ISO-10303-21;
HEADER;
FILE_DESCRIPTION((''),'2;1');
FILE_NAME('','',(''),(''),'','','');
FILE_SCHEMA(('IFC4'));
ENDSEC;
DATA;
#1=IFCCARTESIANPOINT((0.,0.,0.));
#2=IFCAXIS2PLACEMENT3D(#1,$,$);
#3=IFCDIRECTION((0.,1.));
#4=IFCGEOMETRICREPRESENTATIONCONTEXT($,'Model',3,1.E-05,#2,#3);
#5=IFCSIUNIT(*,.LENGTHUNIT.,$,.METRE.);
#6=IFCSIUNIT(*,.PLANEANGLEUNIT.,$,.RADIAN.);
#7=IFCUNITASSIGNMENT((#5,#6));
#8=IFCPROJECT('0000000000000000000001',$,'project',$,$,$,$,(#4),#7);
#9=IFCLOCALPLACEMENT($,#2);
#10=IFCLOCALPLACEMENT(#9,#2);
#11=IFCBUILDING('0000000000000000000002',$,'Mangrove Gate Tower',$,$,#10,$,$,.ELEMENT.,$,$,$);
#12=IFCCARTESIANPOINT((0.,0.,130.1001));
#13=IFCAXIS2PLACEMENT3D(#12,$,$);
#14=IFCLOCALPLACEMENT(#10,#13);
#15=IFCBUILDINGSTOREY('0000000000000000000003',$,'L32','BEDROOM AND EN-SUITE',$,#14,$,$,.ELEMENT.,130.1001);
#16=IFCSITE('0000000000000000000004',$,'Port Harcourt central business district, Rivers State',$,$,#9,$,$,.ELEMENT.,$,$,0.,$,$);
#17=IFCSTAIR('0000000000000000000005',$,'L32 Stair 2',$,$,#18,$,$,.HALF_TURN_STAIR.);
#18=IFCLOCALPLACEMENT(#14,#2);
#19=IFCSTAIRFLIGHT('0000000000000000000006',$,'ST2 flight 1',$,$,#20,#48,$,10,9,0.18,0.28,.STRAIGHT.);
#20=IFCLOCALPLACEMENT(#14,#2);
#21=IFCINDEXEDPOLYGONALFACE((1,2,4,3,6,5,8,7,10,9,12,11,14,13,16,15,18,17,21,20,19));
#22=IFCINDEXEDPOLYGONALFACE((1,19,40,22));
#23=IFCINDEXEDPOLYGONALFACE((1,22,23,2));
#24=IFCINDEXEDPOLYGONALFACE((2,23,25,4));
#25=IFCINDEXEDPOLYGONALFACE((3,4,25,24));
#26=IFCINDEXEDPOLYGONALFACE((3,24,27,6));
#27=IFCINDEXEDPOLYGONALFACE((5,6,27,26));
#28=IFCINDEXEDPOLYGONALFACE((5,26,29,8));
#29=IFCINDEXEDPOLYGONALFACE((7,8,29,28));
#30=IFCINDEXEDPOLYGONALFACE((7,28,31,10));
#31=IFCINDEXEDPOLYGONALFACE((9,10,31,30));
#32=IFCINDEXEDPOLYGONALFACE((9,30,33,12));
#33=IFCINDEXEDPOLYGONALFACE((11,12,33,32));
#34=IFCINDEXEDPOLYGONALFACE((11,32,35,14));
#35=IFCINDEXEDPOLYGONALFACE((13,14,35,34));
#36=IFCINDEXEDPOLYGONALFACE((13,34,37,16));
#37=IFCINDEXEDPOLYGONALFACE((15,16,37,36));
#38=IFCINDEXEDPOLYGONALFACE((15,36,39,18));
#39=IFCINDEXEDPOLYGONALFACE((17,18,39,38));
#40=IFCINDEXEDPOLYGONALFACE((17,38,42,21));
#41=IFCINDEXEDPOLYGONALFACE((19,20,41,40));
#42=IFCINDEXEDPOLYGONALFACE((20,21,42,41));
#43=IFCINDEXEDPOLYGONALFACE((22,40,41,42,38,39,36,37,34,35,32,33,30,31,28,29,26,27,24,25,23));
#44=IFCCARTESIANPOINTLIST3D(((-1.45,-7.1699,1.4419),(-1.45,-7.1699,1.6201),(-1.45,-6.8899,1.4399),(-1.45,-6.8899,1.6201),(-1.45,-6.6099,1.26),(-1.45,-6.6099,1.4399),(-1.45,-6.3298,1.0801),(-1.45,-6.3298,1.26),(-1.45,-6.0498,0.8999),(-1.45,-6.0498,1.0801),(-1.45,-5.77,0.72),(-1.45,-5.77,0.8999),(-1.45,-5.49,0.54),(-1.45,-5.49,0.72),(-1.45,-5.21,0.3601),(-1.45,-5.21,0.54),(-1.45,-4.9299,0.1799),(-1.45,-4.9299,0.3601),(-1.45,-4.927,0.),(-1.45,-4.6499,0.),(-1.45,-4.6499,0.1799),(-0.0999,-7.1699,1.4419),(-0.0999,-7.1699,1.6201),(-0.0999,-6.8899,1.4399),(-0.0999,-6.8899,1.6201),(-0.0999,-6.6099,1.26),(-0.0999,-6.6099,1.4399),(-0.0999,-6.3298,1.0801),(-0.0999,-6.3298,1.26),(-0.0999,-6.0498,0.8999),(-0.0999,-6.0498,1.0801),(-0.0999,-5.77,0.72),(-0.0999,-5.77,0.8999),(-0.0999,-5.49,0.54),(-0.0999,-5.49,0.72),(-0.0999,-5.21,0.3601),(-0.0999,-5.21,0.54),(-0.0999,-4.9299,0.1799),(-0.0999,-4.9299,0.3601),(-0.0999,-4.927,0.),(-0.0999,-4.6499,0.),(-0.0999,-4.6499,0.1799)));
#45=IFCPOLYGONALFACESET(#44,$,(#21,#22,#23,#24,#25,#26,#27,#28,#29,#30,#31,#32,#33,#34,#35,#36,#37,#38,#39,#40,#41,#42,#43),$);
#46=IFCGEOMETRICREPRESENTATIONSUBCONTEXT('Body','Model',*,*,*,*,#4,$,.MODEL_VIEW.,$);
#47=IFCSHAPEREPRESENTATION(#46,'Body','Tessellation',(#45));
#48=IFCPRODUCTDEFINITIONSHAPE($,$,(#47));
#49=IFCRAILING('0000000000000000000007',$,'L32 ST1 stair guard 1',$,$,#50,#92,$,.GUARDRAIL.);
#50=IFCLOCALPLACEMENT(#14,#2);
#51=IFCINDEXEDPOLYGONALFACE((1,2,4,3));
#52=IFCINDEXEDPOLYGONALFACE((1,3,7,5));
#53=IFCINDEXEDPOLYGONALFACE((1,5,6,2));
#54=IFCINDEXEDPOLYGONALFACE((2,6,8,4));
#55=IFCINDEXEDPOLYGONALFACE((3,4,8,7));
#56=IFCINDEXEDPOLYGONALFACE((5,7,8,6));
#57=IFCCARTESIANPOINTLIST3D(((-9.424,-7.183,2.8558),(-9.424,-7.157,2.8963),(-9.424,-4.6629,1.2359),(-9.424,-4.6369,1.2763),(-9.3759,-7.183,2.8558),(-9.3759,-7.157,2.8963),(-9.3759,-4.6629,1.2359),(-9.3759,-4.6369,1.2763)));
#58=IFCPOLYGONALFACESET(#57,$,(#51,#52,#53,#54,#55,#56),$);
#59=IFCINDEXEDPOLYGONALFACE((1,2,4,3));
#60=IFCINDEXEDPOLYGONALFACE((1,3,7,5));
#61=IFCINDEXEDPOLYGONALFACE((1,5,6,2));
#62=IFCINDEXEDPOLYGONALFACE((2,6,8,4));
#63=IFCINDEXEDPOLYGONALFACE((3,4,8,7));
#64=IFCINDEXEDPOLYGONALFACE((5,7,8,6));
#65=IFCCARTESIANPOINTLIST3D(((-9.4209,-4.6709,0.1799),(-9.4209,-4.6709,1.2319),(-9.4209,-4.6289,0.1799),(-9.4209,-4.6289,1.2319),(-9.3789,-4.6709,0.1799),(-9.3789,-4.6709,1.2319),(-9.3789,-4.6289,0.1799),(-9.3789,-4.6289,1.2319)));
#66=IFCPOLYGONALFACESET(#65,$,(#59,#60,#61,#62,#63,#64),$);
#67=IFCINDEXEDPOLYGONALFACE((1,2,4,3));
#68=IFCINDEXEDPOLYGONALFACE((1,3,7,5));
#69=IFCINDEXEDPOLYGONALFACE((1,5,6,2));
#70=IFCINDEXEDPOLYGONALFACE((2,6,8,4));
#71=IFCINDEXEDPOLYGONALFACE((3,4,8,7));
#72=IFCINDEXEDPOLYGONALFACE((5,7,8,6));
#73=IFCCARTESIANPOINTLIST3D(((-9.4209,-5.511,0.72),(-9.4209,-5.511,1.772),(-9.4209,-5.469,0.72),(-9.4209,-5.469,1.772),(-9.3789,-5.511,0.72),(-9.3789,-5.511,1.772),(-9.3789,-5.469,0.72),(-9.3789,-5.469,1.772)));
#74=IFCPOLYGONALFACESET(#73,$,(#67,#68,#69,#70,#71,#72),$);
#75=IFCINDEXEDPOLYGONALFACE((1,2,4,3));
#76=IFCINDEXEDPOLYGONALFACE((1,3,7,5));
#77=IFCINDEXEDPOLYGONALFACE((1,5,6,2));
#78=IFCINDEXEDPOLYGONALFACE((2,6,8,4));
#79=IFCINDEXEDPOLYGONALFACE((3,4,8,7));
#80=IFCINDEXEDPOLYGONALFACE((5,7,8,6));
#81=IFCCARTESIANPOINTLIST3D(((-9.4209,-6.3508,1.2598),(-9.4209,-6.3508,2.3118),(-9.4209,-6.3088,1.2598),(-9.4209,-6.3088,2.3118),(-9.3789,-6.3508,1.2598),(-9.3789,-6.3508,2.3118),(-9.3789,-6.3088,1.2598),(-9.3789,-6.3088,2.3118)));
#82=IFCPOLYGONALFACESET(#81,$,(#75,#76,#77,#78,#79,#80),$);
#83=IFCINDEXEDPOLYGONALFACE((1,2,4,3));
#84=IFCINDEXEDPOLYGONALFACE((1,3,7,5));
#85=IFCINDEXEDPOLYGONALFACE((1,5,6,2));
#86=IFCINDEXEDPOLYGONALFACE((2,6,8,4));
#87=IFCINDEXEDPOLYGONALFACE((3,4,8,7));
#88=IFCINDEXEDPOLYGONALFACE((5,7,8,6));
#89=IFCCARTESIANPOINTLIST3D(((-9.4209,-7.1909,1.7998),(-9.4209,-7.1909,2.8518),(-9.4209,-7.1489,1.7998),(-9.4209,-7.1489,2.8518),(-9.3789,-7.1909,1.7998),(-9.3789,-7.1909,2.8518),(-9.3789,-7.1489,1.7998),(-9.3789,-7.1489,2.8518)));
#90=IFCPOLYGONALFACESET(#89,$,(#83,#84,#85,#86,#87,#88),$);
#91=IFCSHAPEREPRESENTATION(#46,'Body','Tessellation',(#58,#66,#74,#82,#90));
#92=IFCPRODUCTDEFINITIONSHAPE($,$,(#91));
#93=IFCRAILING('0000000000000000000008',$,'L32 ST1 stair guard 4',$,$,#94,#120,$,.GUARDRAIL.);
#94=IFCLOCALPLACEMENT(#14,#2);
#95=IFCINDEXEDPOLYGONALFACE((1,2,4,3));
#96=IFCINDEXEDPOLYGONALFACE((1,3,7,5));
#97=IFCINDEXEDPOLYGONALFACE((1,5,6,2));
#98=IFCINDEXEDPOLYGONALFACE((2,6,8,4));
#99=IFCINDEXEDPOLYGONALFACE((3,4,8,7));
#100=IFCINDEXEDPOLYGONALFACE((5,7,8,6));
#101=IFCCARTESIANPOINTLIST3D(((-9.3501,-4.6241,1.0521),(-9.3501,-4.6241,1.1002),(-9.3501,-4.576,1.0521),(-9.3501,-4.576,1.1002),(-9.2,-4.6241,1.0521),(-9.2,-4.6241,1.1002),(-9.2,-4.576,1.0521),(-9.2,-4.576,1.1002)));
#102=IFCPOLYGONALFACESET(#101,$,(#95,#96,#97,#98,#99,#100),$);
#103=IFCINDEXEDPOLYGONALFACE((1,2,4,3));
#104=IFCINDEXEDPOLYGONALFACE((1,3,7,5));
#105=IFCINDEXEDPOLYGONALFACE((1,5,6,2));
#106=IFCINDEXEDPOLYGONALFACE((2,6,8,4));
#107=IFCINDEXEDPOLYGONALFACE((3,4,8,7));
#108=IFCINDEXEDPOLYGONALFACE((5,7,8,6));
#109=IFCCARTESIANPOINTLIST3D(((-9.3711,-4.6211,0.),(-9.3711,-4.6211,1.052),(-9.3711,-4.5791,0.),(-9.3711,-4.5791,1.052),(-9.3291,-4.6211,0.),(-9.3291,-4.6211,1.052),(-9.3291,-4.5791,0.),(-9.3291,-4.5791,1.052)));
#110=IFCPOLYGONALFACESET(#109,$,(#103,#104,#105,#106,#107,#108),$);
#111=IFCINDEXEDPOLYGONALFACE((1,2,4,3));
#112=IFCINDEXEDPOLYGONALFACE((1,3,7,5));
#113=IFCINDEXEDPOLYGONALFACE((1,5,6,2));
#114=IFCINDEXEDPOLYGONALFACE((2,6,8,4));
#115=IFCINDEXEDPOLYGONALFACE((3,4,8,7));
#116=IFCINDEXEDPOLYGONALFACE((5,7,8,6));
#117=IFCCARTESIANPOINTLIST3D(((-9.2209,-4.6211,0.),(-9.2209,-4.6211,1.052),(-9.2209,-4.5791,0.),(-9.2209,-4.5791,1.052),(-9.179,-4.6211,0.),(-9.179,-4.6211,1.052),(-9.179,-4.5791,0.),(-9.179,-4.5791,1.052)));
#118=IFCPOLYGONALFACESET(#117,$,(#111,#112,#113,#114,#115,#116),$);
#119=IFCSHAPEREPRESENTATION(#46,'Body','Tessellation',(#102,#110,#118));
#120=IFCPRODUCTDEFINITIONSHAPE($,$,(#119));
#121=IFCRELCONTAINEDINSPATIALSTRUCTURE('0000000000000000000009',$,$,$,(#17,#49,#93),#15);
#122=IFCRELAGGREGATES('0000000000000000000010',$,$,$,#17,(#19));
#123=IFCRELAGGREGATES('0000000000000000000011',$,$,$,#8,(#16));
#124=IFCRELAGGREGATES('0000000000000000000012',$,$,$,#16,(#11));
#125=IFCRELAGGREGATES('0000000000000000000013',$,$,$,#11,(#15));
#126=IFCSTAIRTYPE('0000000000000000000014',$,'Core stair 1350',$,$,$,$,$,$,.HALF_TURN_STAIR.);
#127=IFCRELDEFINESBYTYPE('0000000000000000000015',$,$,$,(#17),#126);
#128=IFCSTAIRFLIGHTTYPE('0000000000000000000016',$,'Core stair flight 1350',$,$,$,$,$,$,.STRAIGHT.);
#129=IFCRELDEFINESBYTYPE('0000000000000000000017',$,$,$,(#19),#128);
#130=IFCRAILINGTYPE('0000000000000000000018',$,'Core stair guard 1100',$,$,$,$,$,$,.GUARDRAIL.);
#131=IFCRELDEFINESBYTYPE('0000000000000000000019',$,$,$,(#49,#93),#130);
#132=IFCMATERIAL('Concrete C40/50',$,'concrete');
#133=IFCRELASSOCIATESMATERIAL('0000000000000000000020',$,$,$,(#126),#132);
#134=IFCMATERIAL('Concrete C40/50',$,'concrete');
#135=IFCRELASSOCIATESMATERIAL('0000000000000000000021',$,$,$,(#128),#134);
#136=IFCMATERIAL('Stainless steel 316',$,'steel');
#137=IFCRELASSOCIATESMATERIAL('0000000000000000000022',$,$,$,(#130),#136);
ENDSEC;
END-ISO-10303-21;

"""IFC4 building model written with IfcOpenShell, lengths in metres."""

from ifc_helpers import new_model, si_unit, direction, frame, origin, origin_2d, place, context, subcontext, project, spatial, polyline, rectangle, outline, extrude, material, type_object, element, aggregate, save


model = new_model("IFC4")

# Units and contexts
model_context = context("Model", 3, precision=1e-05, world=origin(), true_north=direction((0.0, 1.0)))
body_context = subcontext(model_context, "Body", "Model", "MODEL_VIEW")
ifc_project = project(units=[si_unit("LENGTHUNIT", "METRE"), si_unit("PLANEANGLEUNIT", "RADIAN")], contexts=[model_context])

# Site, building, storey
site_placement = place(None, origin())
site = spatial("IfcSite", under=ifc_project, at=site_placement, Name="Port Harcourt central business district, Rivers State", CompositionType="ELEMENT", RefElevation=0.0)
building_placement = place(site_placement, origin())
building = spatial("IfcBuilding", under=site, at=building_placement, Name="Mangrove Gate Tower", CompositionType="ELEMENT")
storey_placement = place(building_placement, frame((0.0, 0.0, 130.1001)))
storey = spatial("IfcBuildingStorey", under=building, at=storey_placement, Name="L32", Description="BEDROOM AND EN-SUITE", CompositionType="ELEMENT", Elevation=130.1001)

# Stair, stair flight
ifc_material_1 = material(Name="Concrete C40/50", Category="concrete")
stair_type = type_object("IfcStairType", Name="Core stair 1350", PredefinedType="HALF_TURN_STAIR", material=ifc_material_1)
ifc_material_2 = material(Name="Concrete C40/50", Category="concrete")
stair_flight_type = type_object("IfcStairFlightType", Name="Core stair flight 1350", PredefinedType="STRAIGHT", material=ifc_material_2)
stair_1_placement = place(storey_placement, origin())
stair_1 = element("IfcStair", 1, at=stair_1_placement, inside=storey, type_object=stair_type, Name="L32 Stair 2", PredefinedType="HALF_TURN_STAIR")
stair_flight_1_placement = place(storey_placement, frame((-0.7749, -4.6499, 0.0), z_axis=(0.0, 0.0, 1.0), x_axis=(0.0, -1.0, 0.0)))
stair_flight_1 = element("IfcStairFlight", 2, at=stair_flight_1_placement, type_object=stair_flight_type, Name="ST2 flight 1", NumberOfRisers=10, NumberOfTreads=9, PredefinedType="STRAIGHT", RiserHeight=0.18, TreadLength=0.28, context=body_context, shape_type="SweptSolid", body=[
    extrude(outline(polyline([(0.0, 0.0), (0.0, 0.1799), (0.28, 0.1799), (0.28, 0.3601), (0.5601, 0.3601), (0.5601, 0.54), (0.8401, 0.54), (0.8401, 0.72), (1.1201, 0.72), (1.1201, 0.8999), (1.3999, 0.8999), (1.3999, 1.0801), (1.6799, 1.0801), (1.6799, 1.26), (1.96, 1.26), (1.96, 1.4399), (2.24, 1.4399), (2.24, 1.6201), (2.52, 1.6201), (2.52, 1.8), (2.52, 1.4419), (0.2771, 0.0), (0.0, 0.0)])), frame((0.0, 0.675, 0.0), z_axis=(0.0, -1.0, 0.0), x_axis=(1.0, 0.0, 0.0)), (0.0, 0.0, 1.0), 1.3501),
])
aggregate(stair_1, [stair_flight_1])

# Railings
ifc_material_3 = material(Name="Stainless steel 316", Category="steel")
railing_type_1 = type_object("IfcRailingType", Name="Core stair guard 1100", PredefinedType="GUARDRAIL", material=ifc_material_3)
railing_1_placement = place(storey_placement, frame((-9.3999, -4.6499, 0.1799)))
element("IfcRailing", 3, at=railing_1_placement, inside=storey, type_object=railing_type_1, Name="L32 ST1 stair guard 1", PredefinedType="GUARDRAIL", context=body_context, shape_type="SweptSolid", body=[
    extrude(rectangle(XDim=0.0481, YDim=0.0481, at=origin_2d()), frame((0.0, 0.0, 1.0762), z_axis=(0.0, -0.8412, 0.540725), x_axis=(1.0, 0.0, 0.0)), (0.0, 0.0, 1.0), 2.9958),
    extrude(rectangle(XDim=0.042, YDim=0.042, at=origin_2d()), origin(), (0.0, 0.0, 1.0), 1.052),
    extrude(rectangle(XDim=0.042, YDim=0.042, at=origin_2d()), frame((0.0, -0.8401, 0.54)), (0.0, 0.0, 1.0), 1.052),
    extrude(rectangle(XDim=0.042, YDim=0.042, at=origin_2d()), frame((0.0, -1.6799, 1.0798)), (0.0, 0.0, 1.0), 1.052),
    extrude(rectangle(XDim=0.042, YDim=0.042, at=origin_2d()), frame((0.0, -2.52, 1.6199)), (0.0, 0.0, 1.0), 1.052),
])
railing_2_placement = place(storey_placement, frame((-9.3501, -4.6001, 0.0)))
element("IfcRailing", 4, at=railing_2_placement, inside=storey, type_object=railing_type_1, Name="L32 ST1 stair guard 4", PredefinedType="GUARDRAIL", context=body_context, shape_type="SweptSolid", body=[
    extrude(rectangle(XDim=0.0481, YDim=0.0481, at=origin_2d()), frame((0.0, 0.0, 1.0762), z_axis=(1.0, 0.0, 0.0), x_axis=(0.0, 1.0, 0.0)), (0.0, 0.0, 1.0), 0.1501),
    extrude(rectangle(XDim=0.042, YDim=0.042, at=origin_2d()), origin(), (0.0, 0.0, 1.0), 1.052),
    extrude(rectangle(XDim=0.042, YDim=0.042, at=origin_2d()), frame((0.1501, 0.0, 0.0)), (0.0, 0.0, 1.0), 1.052),
])

save(model, "model.ifc")
